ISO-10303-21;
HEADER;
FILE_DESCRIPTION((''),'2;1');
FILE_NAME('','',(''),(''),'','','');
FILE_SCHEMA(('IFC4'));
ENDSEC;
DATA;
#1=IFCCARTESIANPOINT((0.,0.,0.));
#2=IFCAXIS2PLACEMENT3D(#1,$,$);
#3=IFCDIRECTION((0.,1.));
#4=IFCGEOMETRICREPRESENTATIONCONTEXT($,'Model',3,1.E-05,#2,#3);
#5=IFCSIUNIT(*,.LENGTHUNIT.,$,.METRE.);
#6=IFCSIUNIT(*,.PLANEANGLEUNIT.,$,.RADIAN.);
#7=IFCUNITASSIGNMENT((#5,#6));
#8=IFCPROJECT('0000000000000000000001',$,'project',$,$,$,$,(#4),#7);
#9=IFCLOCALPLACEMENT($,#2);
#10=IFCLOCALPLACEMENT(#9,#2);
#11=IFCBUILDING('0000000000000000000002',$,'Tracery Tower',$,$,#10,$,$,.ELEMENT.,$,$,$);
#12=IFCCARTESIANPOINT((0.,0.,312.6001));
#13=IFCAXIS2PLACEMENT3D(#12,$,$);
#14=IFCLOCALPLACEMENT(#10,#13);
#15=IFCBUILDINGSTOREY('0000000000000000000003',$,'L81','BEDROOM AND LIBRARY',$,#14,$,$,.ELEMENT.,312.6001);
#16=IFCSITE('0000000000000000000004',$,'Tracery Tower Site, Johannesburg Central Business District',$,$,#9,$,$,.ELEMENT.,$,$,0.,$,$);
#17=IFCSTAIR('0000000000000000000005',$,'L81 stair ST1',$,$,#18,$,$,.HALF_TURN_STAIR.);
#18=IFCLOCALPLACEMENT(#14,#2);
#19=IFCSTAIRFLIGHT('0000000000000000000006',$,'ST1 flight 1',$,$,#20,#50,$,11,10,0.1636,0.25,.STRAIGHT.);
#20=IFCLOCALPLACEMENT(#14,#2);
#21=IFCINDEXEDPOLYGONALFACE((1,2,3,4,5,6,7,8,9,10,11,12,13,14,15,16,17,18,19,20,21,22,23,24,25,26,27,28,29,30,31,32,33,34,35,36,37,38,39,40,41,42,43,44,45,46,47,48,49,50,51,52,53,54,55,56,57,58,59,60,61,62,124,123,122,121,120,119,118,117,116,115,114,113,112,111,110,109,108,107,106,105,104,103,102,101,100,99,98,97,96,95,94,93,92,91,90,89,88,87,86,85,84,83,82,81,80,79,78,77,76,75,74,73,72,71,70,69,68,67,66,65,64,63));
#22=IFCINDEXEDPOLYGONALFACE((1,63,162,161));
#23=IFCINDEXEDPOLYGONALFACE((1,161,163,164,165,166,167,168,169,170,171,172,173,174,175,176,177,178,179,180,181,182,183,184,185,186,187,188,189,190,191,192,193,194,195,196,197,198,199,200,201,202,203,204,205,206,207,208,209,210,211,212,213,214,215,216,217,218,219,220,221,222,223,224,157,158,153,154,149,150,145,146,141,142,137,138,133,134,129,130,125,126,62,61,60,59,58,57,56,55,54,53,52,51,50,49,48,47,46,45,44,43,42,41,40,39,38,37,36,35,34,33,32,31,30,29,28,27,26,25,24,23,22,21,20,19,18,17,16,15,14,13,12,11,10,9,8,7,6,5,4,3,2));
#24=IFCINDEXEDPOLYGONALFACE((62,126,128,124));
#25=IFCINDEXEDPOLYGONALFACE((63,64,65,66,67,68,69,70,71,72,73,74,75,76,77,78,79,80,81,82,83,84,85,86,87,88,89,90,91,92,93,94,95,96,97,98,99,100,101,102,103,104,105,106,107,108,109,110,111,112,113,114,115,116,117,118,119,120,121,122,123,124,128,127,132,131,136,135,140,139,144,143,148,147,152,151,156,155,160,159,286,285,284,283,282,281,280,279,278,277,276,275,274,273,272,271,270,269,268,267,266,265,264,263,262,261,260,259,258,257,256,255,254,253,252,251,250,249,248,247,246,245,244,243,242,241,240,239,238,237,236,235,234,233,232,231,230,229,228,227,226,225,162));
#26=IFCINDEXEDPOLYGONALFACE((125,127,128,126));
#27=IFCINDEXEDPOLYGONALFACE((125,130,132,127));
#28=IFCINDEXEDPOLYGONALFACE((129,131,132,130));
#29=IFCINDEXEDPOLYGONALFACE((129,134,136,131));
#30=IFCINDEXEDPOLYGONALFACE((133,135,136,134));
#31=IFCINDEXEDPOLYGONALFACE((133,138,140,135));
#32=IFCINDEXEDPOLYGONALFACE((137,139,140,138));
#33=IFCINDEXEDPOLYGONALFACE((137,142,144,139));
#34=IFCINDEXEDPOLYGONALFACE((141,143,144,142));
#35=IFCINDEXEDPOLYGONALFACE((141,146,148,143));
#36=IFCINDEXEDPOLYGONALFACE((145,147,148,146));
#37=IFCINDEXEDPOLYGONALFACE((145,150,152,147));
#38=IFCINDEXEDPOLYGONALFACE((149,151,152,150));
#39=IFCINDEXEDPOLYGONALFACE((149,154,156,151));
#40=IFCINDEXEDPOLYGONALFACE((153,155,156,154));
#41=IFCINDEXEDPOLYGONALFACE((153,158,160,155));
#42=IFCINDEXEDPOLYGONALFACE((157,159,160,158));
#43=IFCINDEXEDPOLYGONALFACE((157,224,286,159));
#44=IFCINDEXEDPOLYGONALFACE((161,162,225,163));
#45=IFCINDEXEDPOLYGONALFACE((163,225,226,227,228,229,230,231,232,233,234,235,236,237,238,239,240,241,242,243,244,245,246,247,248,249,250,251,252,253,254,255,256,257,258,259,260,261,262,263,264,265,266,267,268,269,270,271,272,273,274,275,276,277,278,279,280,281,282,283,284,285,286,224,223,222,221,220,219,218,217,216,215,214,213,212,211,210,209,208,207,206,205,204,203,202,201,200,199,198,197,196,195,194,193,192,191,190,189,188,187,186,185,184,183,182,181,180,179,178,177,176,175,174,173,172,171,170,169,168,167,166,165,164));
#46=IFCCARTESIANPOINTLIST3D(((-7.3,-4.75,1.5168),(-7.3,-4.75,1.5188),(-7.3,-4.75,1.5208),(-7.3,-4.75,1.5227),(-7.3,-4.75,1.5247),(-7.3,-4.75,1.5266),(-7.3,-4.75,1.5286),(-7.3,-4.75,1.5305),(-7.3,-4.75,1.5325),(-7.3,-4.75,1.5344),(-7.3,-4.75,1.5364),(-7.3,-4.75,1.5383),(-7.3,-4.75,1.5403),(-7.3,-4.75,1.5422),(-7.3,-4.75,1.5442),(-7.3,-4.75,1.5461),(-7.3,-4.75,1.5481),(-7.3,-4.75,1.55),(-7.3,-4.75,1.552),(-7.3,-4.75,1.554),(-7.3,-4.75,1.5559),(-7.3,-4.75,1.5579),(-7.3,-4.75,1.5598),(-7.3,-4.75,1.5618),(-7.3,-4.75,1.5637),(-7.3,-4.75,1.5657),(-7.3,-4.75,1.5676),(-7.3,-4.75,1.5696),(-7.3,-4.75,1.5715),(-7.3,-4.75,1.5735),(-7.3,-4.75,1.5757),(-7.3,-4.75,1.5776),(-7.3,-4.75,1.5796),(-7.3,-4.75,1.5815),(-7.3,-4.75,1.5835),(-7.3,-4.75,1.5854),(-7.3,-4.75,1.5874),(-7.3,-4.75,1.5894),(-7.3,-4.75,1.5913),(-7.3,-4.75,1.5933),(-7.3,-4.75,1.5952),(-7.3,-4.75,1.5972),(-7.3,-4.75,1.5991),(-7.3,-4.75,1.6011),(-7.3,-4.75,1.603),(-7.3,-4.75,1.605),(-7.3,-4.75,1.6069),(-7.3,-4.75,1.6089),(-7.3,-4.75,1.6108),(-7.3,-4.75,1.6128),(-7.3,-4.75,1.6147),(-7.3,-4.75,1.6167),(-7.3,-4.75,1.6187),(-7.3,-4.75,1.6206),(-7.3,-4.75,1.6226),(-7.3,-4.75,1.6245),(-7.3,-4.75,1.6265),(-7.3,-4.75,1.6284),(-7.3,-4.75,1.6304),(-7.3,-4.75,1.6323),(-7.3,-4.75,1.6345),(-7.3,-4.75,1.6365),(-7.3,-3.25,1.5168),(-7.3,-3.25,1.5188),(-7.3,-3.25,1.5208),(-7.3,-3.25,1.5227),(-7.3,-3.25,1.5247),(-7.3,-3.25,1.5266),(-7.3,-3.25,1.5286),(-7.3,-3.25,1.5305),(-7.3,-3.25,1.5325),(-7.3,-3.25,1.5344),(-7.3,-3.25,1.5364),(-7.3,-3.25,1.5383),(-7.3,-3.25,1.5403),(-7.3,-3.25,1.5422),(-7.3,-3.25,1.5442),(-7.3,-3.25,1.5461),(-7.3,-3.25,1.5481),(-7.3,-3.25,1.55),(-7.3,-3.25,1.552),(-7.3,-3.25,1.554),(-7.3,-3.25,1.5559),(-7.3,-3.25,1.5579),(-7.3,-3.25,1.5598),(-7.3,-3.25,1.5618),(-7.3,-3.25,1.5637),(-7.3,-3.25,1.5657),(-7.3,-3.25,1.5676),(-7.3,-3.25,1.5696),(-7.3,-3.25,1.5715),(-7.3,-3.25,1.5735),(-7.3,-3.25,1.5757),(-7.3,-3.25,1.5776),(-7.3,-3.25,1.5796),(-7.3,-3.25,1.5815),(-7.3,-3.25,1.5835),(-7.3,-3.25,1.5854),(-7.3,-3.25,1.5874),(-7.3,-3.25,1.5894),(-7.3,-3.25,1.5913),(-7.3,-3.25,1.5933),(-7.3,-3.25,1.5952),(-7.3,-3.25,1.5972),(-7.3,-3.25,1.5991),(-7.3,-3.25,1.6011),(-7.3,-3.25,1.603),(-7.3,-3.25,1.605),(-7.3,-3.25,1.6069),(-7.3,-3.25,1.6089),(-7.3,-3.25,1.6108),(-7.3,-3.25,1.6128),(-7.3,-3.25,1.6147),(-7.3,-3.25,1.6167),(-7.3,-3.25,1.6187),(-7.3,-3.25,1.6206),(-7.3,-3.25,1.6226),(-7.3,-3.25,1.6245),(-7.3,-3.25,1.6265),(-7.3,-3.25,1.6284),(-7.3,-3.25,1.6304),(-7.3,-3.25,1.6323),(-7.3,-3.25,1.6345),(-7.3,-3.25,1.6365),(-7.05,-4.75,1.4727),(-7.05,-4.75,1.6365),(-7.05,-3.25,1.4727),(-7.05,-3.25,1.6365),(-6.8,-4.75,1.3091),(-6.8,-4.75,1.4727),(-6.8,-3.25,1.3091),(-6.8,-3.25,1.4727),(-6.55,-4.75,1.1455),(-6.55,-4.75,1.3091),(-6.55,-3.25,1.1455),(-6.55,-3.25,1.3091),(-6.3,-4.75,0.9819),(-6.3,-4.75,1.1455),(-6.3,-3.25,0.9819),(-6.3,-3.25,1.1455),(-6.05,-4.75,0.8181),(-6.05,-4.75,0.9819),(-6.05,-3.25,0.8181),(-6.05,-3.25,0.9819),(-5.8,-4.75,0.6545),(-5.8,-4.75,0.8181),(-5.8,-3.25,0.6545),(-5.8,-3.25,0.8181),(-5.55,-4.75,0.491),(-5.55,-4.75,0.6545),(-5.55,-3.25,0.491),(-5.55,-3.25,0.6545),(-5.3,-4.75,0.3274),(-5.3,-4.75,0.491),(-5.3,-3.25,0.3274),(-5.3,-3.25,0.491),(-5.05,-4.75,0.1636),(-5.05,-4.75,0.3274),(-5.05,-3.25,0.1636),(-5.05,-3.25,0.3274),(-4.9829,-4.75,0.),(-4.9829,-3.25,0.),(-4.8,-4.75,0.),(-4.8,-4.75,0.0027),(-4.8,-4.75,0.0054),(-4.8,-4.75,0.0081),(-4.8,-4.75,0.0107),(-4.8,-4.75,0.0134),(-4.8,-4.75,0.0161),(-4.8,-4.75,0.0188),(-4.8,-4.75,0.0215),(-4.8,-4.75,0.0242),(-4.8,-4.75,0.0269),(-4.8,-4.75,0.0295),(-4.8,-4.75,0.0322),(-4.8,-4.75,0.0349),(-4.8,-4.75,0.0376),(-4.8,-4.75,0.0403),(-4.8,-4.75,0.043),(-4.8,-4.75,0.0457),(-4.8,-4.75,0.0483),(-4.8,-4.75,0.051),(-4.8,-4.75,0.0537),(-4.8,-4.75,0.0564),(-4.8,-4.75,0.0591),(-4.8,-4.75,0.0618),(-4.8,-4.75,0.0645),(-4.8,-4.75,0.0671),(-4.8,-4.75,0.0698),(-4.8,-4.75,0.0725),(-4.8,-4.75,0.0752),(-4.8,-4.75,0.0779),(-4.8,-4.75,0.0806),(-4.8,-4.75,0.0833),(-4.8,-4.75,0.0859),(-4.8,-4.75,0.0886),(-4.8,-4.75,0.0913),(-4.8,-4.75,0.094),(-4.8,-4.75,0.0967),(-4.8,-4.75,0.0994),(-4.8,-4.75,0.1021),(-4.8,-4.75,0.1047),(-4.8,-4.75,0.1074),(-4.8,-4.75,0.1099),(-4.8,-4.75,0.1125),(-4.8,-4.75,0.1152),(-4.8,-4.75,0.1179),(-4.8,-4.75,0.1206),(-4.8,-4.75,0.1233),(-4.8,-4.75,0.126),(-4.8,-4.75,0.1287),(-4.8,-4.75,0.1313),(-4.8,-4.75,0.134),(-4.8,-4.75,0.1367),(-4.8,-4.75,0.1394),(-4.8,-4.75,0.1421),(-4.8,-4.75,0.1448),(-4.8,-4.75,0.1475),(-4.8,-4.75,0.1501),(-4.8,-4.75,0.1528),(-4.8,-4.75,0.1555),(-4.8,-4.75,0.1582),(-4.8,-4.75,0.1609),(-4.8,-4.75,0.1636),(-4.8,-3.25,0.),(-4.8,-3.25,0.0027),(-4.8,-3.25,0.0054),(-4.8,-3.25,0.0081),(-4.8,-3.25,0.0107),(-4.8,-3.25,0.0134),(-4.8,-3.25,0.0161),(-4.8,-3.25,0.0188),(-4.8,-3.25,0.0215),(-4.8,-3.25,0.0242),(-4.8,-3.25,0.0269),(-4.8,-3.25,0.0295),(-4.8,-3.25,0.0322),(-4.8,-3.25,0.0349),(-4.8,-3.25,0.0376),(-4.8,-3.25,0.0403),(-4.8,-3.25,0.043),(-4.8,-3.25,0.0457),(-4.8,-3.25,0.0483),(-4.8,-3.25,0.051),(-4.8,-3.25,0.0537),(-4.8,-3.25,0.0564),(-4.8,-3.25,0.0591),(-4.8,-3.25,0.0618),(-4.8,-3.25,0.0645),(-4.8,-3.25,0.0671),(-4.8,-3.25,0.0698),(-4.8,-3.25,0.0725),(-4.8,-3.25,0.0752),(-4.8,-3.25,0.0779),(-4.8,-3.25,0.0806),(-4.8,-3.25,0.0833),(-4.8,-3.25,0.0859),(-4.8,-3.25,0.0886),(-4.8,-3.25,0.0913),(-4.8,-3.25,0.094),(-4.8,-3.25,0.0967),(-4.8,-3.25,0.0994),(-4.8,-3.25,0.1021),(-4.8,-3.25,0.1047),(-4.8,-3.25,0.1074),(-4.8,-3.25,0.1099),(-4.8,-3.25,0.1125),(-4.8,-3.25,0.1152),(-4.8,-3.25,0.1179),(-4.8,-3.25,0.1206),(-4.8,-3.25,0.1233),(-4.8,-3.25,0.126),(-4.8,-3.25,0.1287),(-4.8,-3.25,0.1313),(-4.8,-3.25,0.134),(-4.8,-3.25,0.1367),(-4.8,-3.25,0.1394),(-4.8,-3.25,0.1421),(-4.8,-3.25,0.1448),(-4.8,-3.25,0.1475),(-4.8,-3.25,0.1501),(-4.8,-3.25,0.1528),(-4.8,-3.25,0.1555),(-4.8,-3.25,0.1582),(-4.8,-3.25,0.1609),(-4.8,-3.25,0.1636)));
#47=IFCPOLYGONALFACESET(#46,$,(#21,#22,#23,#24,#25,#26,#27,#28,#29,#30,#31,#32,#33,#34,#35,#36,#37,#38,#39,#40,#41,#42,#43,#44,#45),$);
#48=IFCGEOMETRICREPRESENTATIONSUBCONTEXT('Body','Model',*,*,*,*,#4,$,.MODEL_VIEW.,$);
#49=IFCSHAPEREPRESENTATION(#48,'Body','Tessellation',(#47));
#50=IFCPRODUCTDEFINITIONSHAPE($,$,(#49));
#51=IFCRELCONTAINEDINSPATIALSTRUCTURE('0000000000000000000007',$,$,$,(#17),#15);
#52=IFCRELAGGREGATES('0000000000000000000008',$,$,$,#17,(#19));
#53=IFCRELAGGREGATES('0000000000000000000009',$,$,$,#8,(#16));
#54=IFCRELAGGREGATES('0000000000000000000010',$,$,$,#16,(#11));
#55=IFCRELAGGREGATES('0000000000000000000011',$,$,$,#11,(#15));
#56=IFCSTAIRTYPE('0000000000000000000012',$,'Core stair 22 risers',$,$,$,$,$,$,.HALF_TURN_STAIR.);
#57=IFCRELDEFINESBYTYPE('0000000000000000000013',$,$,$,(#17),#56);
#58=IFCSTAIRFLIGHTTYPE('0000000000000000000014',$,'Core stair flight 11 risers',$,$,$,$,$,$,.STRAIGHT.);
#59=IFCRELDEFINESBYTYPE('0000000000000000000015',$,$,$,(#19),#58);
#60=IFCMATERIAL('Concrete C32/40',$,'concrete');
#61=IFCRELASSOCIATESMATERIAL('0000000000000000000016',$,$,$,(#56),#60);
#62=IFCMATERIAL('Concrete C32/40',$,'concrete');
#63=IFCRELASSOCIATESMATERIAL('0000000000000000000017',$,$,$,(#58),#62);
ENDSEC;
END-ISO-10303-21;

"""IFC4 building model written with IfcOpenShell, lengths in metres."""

from ifc_helpers import new_model, si_unit, direction, frame, origin, place, context, subcontext, project, spatial, polyline, outline, extrude, material, type_object, element, aggregate, save


model = new_model("IFC4")

# Units and contexts
model_context = context("Model", 3, precision=1e-05, world=origin(), true_north=direction((0.0, 1.0)))
body_context = subcontext(model_context, "Body", "Model", "MODEL_VIEW")
ifc_project = project(units=[si_unit("LENGTHUNIT", "METRE"), si_unit("PLANEANGLEUNIT", "RADIAN")], contexts=[model_context])

# Site, building, storey
site_placement = place(None, origin())
site = spatial("IfcSite", under=ifc_project, at=site_placement, Name="Tracery Tower Site, Johannesburg Central Business District", CompositionType="ELEMENT", RefElevation=0.0)
building_placement = place(site_placement, origin())
building = spatial("IfcBuilding", under=site, at=building_placement, Name="Tracery Tower", CompositionType="ELEMENT")
storey_placement = place(building_placement, frame((0.0, 0.0, 312.6001)))
storey = spatial("IfcBuildingStorey", under=building, at=storey_placement, Name="L81", Description="BEDROOM AND LIBRARY", CompositionType="ELEMENT", Elevation=312.6001)

# Stair, stair flight
ifc_material_1 = material(Name="Concrete C32/40", Category="concrete")
stair_type = type_object("IfcStairType", Name="Core stair 22 risers", PredefinedType="HALF_TURN_STAIR", material=ifc_material_1)
stair_placement = place(storey_placement, origin())
stair = element("IfcStair", 1, at=stair_placement, inside=storey, type_object=stair_type, Name="L81 stair ST1", PredefinedType="HALF_TURN_STAIR")
ifc_material_2 = material(Name="Concrete C32/40", Category="concrete")
stair_flight_type = type_object("IfcStairFlightType", Name="Core stair flight 11 risers", PredefinedType="STRAIGHT", material=ifc_material_2)
stair_flight_1_placement = place(storey_placement, frame((-4.8, -4.0, 0.0), z_axis=(0.0, 0.0, 1.0), x_axis=(-1.0, 0.0, 0.0)))
stair_flight_1 = element("IfcStairFlight", 2, at=stair_flight_1_placement, type_object=stair_flight_type, Name="ST1 flight 1", NumberOfRisers=11, NumberOfTreads=10, PredefinedType="STRAIGHT", RiserHeight=0.1636, TreadLength=0.25, context=body_context, shape_type="SweptSolid", body=[
    extrude(outline(polyline([(0.0, 0.0), (0.0, 0.0027), (0.0, 0.0054), (0.0, 0.0081), (0.0, 0.0107), (0.0, 0.0134), (0.0, 0.0161), (0.0, 0.0188), (0.0, 0.0215), (0.0, 0.0242), (0.0, 0.0269), (0.0, 0.0295), (0.0, 0.0322), (0.0, 0.0349), (0.0, 0.0376), (0.0, 0.0403), (0.0, 0.043), (0.0, 0.0457), (0.0, 0.0483), (0.0, 0.051), (0.0, 0.0537), (0.0, 0.0564), (0.0, 0.0591), (0.0, 0.0618), (0.0, 0.0645), (0.0, 0.0671), (0.0, 0.0698), (0.0, 0.0725), (0.0, 0.0752), (0.0, 0.0779), (0.0, 0.0806), (0.0, 0.0833), (0.0, 0.0859), (0.0, 0.0886), (0.0, 0.0913), (0.0, 0.094), (0.0, 0.0967), (0.0, 0.0994), (0.0, 0.1021), (0.0, 0.1047), (0.0, 0.1074), (0.0, 0.1099), (0.0, 0.1125), (0.0, 0.1152), (0.0, 0.1179), (0.0, 0.1206), (0.0, 0.1233), (0.0, 0.126), (0.0, 0.1287), (0.0, 0.1313), (0.0, 0.134), (0.0, 0.1367), (0.0, 0.1394), (0.0, 0.1421), (0.0, 0.1448), (0.0, 0.1475), (0.0, 0.1501), (0.0, 0.1528), (0.0, 0.1555), (0.0, 0.1582), (0.0, 0.1609), (0.0, 0.1636), (0.25, 0.1636), (0.25, 0.3274), (0.5, 0.3274), (0.5, 0.491), (0.75, 0.491), (0.75, 0.6545), (1.0, 0.6545), (1.0, 0.8181), (1.25, 0.8181), (1.25, 0.9819), (1.5, 0.9819), (1.5, 1.1455), (1.75, 1.1455), (1.75, 1.3091), (2.0, 1.3091), (2.0, 1.4727), (2.25, 1.4727), (2.25, 1.6365), (2.5, 1.6365), (2.5, 1.6345), (2.5, 1.6323), (2.5, 1.6304), (2.5, 1.6284), (2.5, 1.6265), (2.5, 1.6245), (2.5, 1.6226), (2.5, 1.6206), (2.5, 1.6187), (2.5, 1.6167), (2.5, 1.6147), (2.5, 1.6128), (2.5, 1.6108), (2.5, 1.6089), (2.5, 1.6069), (2.5, 1.605), (2.5, 1.603), (2.5, 1.6011), (2.5, 1.5991), (2.5, 1.5972), (2.5, 1.5952), (2.5, 1.5933), (2.5, 1.5913), (2.5, 1.5894), (2.5, 1.5874), (2.5, 1.5854), (2.5, 1.5835), (2.5, 1.5815), (2.5, 1.5796), (2.5, 1.5776), (2.5, 1.5757), (2.5, 1.5735), (2.5, 1.5715), (2.5, 1.5696), (2.5, 1.5676), (2.5, 1.5657), (2.5, 1.5637), (2.5, 1.5618), (2.5, 1.5598), (2.5, 1.5579), (2.5, 1.5559), (2.5, 1.554), (2.5, 1.552), (2.5, 1.55), (2.5, 1.5481), (2.5, 1.5461), (2.5, 1.5442), (2.5, 1.5422), (2.5, 1.5403), (2.5, 1.5383), (2.5, 1.5364), (2.5, 1.5344), (2.5, 1.5325), (2.5, 1.5305), (2.5, 1.5286), (2.5, 1.5266), (2.5, 1.5247), (2.5, 1.5227), (2.5, 1.5208), (2.5, 1.5188), (2.5, 1.5168), (0.1829, 0.0), (0.0, 0.0)])), frame((0.0, 0.75, 0.0), z_axis=(0.0, -1.0, 0.0), x_axis=(1.0, 0.0, 0.0)), (0.0, 0.0, 1.0), 1.5),
])
aggregate(stair, [stair_flight_1])

save(model, "model.ifc")
